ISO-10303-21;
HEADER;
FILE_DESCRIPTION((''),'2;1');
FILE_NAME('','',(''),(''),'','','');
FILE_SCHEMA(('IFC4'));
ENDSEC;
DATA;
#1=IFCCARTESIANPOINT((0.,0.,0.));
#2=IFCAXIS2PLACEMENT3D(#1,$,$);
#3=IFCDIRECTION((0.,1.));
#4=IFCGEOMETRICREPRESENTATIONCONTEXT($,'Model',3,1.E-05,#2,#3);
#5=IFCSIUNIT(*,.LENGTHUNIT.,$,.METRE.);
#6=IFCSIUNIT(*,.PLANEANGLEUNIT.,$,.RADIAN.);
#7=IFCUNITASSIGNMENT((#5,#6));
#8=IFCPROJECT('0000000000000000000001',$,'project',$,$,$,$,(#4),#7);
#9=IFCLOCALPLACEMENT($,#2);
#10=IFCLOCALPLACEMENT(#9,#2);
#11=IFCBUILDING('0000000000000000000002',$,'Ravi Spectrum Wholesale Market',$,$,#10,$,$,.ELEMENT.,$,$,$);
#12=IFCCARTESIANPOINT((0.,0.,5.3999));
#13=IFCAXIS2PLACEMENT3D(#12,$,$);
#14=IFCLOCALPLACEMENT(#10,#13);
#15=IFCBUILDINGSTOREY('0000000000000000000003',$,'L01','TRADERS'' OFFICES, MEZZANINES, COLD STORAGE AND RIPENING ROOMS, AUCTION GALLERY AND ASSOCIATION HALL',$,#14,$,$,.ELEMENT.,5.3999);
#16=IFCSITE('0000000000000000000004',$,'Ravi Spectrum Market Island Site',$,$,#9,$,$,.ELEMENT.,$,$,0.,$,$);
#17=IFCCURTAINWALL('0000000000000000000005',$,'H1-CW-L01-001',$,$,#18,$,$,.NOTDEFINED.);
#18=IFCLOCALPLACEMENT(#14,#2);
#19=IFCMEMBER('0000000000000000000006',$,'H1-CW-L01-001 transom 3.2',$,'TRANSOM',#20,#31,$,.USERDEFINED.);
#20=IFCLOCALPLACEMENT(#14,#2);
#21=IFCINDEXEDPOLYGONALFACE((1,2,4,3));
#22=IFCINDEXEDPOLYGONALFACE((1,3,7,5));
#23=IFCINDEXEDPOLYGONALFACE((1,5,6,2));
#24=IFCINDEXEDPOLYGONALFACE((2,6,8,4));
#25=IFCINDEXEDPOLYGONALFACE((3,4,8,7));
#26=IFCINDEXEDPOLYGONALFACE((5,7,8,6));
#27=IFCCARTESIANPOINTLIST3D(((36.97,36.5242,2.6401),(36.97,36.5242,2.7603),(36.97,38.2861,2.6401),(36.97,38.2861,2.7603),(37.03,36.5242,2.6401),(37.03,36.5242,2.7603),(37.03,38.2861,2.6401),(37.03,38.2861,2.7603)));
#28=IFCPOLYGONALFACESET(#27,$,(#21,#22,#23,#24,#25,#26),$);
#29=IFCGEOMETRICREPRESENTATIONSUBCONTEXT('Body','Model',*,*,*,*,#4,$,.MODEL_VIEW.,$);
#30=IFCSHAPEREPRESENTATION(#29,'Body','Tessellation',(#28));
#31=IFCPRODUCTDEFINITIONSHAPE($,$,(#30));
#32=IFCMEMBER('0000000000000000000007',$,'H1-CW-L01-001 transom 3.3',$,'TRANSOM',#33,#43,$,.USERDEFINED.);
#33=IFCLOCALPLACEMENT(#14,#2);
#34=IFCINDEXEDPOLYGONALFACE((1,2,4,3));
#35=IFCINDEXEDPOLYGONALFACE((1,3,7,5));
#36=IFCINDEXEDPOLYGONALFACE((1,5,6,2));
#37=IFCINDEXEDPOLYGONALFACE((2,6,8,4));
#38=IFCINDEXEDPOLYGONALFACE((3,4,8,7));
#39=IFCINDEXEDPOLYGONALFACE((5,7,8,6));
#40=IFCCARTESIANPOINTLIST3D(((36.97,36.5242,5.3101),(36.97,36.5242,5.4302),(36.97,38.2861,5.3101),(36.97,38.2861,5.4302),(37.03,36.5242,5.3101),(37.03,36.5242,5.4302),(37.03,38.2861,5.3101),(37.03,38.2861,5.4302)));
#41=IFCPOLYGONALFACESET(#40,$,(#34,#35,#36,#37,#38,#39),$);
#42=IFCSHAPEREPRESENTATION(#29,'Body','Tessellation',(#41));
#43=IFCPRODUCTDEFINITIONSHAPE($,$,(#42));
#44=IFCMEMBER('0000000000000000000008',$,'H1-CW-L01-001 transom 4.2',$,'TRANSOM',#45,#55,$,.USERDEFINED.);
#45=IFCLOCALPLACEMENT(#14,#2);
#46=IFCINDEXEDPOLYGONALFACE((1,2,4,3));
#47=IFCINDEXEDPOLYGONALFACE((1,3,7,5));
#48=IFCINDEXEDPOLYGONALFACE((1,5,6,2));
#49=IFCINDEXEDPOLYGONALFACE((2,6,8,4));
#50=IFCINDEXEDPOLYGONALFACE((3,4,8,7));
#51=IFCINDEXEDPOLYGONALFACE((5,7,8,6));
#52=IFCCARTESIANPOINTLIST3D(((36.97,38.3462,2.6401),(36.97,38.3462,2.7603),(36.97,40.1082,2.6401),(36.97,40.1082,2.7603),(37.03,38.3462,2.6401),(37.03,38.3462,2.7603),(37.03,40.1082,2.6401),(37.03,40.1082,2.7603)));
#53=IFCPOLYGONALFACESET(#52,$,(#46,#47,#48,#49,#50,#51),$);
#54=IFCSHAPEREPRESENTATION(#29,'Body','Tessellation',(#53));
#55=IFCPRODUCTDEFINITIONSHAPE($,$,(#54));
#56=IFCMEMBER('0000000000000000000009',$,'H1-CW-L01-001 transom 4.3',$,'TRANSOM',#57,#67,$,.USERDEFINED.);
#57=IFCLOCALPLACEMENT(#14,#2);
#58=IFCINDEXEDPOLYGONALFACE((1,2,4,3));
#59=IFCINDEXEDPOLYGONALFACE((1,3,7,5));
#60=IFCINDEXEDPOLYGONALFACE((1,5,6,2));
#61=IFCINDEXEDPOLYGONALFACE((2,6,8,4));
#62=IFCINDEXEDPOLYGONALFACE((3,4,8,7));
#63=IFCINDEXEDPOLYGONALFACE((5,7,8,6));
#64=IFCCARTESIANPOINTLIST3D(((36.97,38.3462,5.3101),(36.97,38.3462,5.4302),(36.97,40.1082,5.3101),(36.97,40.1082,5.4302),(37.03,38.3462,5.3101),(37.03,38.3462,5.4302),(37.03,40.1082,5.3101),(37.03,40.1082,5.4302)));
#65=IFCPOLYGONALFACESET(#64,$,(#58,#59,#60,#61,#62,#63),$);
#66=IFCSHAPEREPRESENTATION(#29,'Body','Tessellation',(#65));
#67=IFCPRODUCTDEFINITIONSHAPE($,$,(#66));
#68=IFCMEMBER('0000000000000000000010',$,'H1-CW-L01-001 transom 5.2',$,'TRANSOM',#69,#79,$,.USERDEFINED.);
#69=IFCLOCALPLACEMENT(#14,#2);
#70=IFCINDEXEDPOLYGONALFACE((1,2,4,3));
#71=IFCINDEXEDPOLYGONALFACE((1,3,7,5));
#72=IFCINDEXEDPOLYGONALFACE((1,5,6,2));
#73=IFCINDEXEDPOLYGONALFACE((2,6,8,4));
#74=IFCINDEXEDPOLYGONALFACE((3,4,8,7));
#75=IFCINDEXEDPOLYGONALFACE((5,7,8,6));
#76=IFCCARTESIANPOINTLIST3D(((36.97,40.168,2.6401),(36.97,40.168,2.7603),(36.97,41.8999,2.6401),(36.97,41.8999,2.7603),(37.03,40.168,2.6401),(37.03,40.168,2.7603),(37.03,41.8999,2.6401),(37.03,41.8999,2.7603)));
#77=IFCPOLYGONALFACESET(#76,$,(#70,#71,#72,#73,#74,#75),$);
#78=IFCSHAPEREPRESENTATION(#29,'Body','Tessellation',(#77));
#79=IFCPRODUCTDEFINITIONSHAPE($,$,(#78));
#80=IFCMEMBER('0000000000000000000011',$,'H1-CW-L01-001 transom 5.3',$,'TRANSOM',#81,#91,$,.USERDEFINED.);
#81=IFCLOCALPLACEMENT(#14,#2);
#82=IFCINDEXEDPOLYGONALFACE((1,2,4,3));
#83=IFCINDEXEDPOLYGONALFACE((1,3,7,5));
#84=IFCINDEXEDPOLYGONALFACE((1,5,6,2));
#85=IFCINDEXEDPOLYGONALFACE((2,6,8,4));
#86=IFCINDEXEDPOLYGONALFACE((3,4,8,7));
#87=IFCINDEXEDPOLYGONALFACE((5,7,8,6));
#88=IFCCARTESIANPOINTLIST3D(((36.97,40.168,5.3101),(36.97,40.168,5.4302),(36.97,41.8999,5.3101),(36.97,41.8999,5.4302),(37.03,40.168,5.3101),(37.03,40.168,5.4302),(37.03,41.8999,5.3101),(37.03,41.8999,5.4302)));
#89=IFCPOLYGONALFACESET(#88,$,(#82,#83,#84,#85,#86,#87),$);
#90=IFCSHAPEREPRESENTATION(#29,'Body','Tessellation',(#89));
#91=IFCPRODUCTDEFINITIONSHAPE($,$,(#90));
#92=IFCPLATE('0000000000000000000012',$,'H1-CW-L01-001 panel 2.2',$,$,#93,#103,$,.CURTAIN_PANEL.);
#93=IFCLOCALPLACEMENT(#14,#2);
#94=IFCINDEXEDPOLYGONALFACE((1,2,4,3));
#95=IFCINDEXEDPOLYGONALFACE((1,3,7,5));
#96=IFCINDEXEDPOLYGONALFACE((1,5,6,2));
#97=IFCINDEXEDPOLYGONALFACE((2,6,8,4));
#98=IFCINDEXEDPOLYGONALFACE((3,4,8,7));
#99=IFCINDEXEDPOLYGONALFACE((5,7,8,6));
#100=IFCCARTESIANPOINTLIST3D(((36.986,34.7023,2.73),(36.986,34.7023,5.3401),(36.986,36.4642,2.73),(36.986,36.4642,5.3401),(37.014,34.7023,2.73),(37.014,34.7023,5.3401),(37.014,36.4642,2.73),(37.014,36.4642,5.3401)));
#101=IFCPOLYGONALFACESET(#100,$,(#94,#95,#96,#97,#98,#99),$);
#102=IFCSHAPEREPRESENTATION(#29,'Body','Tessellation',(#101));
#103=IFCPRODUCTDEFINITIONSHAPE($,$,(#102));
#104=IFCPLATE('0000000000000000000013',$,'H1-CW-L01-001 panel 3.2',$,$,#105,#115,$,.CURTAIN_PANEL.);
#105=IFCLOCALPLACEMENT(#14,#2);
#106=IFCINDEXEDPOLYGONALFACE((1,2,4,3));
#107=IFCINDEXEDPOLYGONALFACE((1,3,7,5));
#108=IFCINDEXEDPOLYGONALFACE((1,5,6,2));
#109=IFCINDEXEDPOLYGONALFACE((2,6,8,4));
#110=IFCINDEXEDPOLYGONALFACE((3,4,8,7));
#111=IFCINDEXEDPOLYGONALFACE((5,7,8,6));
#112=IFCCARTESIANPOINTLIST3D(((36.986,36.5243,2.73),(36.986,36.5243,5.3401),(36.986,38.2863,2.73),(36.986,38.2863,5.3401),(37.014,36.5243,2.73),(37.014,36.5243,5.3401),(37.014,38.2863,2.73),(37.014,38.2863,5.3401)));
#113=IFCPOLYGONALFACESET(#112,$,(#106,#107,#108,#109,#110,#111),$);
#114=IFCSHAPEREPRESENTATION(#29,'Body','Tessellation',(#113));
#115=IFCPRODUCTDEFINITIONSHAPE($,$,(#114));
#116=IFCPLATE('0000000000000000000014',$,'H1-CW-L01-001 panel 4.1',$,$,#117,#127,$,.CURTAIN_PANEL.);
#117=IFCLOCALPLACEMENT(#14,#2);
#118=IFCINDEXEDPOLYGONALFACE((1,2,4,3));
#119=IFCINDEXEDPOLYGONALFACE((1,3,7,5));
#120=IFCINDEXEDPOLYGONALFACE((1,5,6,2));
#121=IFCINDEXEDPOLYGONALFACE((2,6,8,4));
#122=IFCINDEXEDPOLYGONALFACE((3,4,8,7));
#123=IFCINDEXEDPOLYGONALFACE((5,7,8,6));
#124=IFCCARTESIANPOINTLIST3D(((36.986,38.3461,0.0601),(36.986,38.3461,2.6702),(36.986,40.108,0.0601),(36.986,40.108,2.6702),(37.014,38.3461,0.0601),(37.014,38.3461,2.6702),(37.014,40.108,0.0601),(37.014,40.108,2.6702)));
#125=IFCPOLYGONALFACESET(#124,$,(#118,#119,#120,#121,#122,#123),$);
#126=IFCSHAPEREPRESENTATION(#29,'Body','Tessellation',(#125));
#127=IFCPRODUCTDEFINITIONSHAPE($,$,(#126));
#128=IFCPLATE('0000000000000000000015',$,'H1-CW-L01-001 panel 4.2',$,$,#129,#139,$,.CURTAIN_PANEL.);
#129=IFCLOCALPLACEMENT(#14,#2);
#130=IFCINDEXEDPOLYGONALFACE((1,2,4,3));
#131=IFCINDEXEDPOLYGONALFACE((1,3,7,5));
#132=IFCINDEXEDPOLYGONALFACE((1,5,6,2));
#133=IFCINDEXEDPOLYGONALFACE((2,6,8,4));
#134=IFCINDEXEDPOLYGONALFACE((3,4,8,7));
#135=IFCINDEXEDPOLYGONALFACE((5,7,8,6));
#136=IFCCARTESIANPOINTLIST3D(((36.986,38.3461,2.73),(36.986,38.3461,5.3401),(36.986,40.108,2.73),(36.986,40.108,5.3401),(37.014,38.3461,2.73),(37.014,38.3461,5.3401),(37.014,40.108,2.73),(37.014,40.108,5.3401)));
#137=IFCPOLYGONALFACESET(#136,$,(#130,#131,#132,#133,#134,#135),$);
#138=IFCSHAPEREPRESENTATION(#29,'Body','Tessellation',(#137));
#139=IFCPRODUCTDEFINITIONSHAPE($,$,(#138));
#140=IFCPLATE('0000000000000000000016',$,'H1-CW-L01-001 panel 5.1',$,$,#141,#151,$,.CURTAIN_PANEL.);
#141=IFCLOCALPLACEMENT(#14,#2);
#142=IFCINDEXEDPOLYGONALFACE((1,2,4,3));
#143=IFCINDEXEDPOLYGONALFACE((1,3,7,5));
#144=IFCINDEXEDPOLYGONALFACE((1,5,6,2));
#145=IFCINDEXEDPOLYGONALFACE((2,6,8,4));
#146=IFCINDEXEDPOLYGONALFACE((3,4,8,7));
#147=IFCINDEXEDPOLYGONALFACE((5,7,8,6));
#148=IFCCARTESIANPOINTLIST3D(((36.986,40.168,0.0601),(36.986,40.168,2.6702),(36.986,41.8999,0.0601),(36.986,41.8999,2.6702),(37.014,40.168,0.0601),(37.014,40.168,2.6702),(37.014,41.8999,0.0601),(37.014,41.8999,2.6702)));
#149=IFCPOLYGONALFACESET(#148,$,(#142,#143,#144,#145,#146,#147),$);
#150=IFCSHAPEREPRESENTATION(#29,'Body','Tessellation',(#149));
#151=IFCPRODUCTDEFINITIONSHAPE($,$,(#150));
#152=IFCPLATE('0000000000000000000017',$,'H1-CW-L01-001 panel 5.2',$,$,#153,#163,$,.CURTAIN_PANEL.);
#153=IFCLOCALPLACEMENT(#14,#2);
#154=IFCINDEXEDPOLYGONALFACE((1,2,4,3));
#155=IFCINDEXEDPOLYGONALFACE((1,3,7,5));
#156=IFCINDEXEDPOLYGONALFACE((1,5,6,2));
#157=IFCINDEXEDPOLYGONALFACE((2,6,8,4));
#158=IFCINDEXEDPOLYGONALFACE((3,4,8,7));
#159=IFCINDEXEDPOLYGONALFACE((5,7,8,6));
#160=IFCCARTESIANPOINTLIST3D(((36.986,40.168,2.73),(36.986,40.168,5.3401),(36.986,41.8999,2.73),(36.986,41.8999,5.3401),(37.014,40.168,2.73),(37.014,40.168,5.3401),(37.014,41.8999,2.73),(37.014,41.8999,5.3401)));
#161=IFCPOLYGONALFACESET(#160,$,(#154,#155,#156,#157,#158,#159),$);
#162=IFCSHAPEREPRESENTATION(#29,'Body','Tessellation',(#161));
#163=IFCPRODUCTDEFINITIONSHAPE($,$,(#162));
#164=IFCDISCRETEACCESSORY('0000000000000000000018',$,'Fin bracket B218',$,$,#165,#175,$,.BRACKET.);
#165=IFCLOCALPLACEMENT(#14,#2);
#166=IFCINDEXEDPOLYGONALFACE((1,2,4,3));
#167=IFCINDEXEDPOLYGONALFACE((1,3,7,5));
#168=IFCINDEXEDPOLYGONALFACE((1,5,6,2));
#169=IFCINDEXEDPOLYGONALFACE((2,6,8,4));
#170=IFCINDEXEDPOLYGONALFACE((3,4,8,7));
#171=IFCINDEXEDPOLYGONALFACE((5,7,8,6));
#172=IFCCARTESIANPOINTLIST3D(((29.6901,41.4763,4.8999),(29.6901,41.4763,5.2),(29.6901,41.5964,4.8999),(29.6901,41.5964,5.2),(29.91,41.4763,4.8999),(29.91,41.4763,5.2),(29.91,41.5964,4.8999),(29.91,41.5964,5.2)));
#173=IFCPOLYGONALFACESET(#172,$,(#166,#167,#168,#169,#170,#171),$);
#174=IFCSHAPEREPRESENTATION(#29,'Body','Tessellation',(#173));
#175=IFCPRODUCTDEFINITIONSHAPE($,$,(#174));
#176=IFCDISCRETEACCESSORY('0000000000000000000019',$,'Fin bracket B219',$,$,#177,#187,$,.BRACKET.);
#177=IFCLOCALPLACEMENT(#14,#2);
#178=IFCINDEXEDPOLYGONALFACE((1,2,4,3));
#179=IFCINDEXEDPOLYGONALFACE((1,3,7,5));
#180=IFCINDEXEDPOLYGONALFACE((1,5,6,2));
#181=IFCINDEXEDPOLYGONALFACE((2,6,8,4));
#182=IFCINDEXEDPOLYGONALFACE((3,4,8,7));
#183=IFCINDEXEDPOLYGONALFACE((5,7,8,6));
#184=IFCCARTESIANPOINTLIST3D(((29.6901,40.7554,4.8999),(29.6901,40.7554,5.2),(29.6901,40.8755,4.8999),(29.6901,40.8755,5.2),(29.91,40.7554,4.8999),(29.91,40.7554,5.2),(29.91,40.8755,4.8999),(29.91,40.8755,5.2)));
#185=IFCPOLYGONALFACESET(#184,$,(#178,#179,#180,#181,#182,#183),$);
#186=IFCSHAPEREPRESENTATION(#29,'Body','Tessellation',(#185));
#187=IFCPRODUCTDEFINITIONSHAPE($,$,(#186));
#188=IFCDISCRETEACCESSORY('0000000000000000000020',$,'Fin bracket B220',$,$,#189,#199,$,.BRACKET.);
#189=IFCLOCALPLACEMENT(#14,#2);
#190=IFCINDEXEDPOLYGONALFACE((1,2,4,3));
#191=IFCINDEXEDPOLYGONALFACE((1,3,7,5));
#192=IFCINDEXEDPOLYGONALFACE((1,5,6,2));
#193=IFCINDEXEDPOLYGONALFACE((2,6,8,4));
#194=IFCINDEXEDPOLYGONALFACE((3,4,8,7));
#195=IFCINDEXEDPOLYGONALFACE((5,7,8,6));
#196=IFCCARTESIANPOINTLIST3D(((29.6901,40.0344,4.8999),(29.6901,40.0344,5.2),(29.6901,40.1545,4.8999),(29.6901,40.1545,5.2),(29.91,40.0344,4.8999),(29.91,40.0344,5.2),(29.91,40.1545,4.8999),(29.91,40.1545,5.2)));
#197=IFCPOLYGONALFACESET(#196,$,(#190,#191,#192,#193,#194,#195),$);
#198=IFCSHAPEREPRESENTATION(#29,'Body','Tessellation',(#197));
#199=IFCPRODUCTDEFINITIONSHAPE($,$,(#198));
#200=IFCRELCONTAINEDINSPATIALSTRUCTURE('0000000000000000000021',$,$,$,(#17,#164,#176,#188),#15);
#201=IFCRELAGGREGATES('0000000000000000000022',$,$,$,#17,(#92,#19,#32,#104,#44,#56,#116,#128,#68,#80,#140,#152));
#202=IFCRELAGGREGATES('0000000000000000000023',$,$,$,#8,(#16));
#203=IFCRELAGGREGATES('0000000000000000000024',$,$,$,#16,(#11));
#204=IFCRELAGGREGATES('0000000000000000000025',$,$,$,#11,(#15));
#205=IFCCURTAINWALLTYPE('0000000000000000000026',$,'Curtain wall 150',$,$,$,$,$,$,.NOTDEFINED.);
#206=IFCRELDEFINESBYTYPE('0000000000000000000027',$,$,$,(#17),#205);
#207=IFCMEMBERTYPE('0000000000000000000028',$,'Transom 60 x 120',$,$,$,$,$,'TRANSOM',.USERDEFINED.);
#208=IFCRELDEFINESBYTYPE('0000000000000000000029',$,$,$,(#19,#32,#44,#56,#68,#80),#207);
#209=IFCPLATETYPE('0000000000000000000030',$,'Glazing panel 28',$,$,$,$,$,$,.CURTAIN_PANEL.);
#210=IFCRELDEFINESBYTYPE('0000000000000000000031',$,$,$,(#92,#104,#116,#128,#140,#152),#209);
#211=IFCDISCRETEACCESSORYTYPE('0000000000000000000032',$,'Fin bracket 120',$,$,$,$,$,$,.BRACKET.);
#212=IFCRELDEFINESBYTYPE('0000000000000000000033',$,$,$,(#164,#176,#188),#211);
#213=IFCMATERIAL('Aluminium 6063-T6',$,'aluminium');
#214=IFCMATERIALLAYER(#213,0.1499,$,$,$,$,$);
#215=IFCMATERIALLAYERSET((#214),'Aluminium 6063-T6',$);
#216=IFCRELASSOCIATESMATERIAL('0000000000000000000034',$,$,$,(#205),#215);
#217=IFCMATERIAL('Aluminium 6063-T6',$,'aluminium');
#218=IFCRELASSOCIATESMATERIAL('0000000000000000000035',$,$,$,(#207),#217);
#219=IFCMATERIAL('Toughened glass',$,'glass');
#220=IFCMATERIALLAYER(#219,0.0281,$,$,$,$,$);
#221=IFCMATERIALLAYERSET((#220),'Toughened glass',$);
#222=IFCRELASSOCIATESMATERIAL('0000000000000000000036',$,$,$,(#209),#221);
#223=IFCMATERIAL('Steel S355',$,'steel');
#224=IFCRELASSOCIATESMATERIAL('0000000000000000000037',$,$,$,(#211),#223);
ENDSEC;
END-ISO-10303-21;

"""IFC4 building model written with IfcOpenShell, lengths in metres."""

from ifc_helpers import new_model, si_unit, direction, frame, origin, origin_2d, place, context, subcontext, project, spatial, rectangle, extrude, material, layer, layer_set, material_profile, profile_set, type_object, element, aggregate, save


model = new_model("IFC4")

# Units and contexts
model_context = context("Model", 3, precision=1e-05, world=origin(), true_north=direction((0.0, 1.0)))
body_context = subcontext(model_context, "Body", "Model", "MODEL_VIEW")
ifc_project = project(units=[si_unit("LENGTHUNIT", "METRE"), si_unit("PLANEANGLEUNIT", "RADIAN")], contexts=[model_context])

# Site, building, storey
site_placement = place(None, origin())
site = spatial("IfcSite", under=ifc_project, at=site_placement, Name="Ravi Spectrum Market Island Site", CompositionType="ELEMENT", RefElevation=0.0)
building_placement = place(site_placement, origin())
building = spatial("IfcBuilding", under=site, at=building_placement, Name="Ravi Spectrum Wholesale Market", CompositionType="ELEMENT")
storey_placement = place(building_placement, frame((0.0, 0.0, 5.3999)))
storey = spatial("IfcBuildingStorey", under=building, at=storey_placement, Name="L01", Description="TRADERS' OFFICES, MEZZANINES, COLD STORAGE AND RIPENING ROOMS, AUCTION GALLERY AND ASSOCIATION HALL", CompositionType="ELEMENT", Elevation=5.3999)

# Curtain wall, members, plates
ifc_material_1 = material(Name="Aluminium 6063-T6", Category="aluminium")
ifc_layer_1 = layer(ifc_material_1, 0.1499)
ifc_layer_set_1 = layer_set([ifc_layer_1], Name="Aluminium 6063-T6")
curtain_wall_type = type_object("IfcCurtainWallType", Name="Curtain wall 150", PredefinedType="NOTDEFINED", material=ifc_layer_set_1)
curtain_wall_placement = place(storey_placement, origin())
curtain_wall = element("IfcCurtainWall", 1, at=curtain_wall_placement, inside=storey, type_object=curtain_wall_type, Name="H1-CW-L01-001", PredefinedType="NOTDEFINED")
ifc_material_2 = material(Name="Aluminium 6063-T6", Category="aluminium")
ifc_material_profile_1 = material_profile(ifc_material_2, rectangle(XDim=0.0601, YDim=0.1201, at=origin_2d()))
ifc_profile_set_1 = profile_set([ifc_material_profile_1], Name="Aluminium 6063-T6")
member_type = type_object("IfcMemberType", Name="Transom 60 x 120", ElementType="TRANSOM", PredefinedType="USERDEFINED", material=ifc_profile_set_1)
member_1_placement = place(storey_placement, frame((37.0, 36.5242, 2.7002), z_axis=(0.0, 1.0, 0.0), x_axis=(-1.0, 0.0, 0.0)))
member_1 = element("IfcMember", 2, at=member_1_placement, type_object=member_type, Name="H1-CW-L01-001 transom 3.2", ObjectType="TRANSOM", PredefinedType="USERDEFINED", context=body_context, shape_type="SweptSolid", body=[
    extrude(rectangle(XDim=0.0601, YDim=0.1201, at=origin_2d()), origin(), (0.0, 0.0, 1.0), 1.762),
])
member_2_placement = place(storey_placement, frame((37.0, 36.5242, 5.3701), z_axis=(0.0, 1.0, 0.0), x_axis=(-1.0, 0.0, 0.0)))
member_2 = element("IfcMember", 3, at=member_2_placement, type_object=member_type, Name="H1-CW-L01-001 transom 3.3", ObjectType="TRANSOM", PredefinedType="USERDEFINED", context=body_context, shape_type="SweptSolid", body=[
    extrude(rectangle(XDim=0.0601, YDim=0.1201, at=origin_2d()), origin(), (0.0, 0.0, 1.0), 1.762),
])
member_3_placement = place(storey_placement, frame((37.0, 38.3462, 2.7002), z_axis=(0.0, 1.0, 0.0), x_axis=(-1.0, 0.0, 0.0)))
member_3 = element("IfcMember", 4, at=member_3_placement, type_object=member_type, Name="H1-CW-L01-001 transom 4.2", ObjectType="TRANSOM", PredefinedType="USERDEFINED", context=body_context, shape_type="SweptSolid", body=[
    extrude(rectangle(XDim=0.0601, YDim=0.1201, at=origin_2d()), origin(), (0.0, 0.0, 1.0), 1.762),
])
member_4_placement = place(storey_placement, frame((37.0, 38.3462, 5.3701), z_axis=(0.0, 1.0, 0.0), x_axis=(-1.0, 0.0, 0.0)))
member_4 = element("IfcMember", 5, at=member_4_placement, type_object=member_type, Name="H1-CW-L01-001 transom 4.3", ObjectType="TRANSOM", PredefinedType="USERDEFINED", context=body_context, shape_type="SweptSolid", body=[
    extrude(rectangle(XDim=0.0601, YDim=0.1201, at=origin_2d()), origin(), (0.0, 0.0, 1.0), 1.762),
])
member_5_placement = place(storey_placement, frame((37.0, 40.168, 2.7002), z_axis=(0.0, 1.0, 0.0), x_axis=(-1.0, 0.0, 0.0)))
member_5 = element("IfcMember", 6, at=member_5_placement, type_object=member_type, Name="H1-CW-L01-001 transom 5.2", ObjectType="TRANSOM", PredefinedType="USERDEFINED", context=body_context, shape_type="SweptSolid", body=[
    extrude(rectangle(XDim=0.0601, YDim=0.1201, at=origin_2d()), origin(), (0.0, 0.0, 1.0), 1.7319),
])
member_6_placement = place(storey_placement, frame((37.0, 40.168, 5.3701), z_axis=(0.0, 1.0, 0.0), x_axis=(-1.0, 0.0, 0.0)))
member_6 = element("IfcMember", 7, at=member_6_placement, type_object=member_type, Name="H1-CW-L01-001 transom 5.3", ObjectType="TRANSOM", PredefinedType="USERDEFINED", context=body_context, shape_type="SweptSolid", body=[
    extrude(rectangle(XDim=0.0601, YDim=0.1201, at=origin_2d()), origin(), (0.0, 0.0, 1.0), 1.7319),
])
ifc_material_3 = material(Name="Toughened glass", Category="glass")
ifc_layer_2 = layer(ifc_material_3, 0.0281)
ifc_layer_set_2 = layer_set([ifc_layer_2], Name="Toughened glass")
plate_type = type_object("IfcPlateType", Name="Glazing panel 28", PredefinedType="CURTAIN_PANEL", material=ifc_layer_set_2)
plate_1_placement = place(storey_placement, frame((37.0, 35.5833, 2.73), z_axis=(0.0, 0.0, 1.0), x_axis=(0.0, 1.0, 0.0)))
plate_1 = element("IfcPlate", 8, at=plate_1_placement, type_object=plate_type, Name="H1-CW-L01-001 panel 2.2", PredefinedType="CURTAIN_PANEL", context=body_context, shape_type="SweptSolid", body=[
    extrude(rectangle(XDim=1.762, YDim=0.0281, at=origin_2d()), origin(), (0.0, 0.0, 1.0), 2.6101),
])
plate_2_placement = place(storey_placement, frame((37.0, 37.4053, 2.73), z_axis=(0.0, 0.0, 1.0), x_axis=(0.0, 1.0, 0.0)))
plate_2 = element("IfcPlate", 9, at=plate_2_placement, type_object=plate_type, Name="H1-CW-L01-001 panel 3.2", PredefinedType="CURTAIN_PANEL", context=body_context, shape_type="SweptSolid", body=[
    extrude(rectangle(XDim=1.762, YDim=0.0281, at=origin_2d()), origin(), (0.0, 0.0, 1.0), 2.6101),
])
plate_3_placement = place(storey_placement, frame((37.0, 39.2271, 0.0601), z_axis=(0.0, 0.0, 1.0), x_axis=(0.0, 1.0, 0.0)))
plate_3 = element("IfcPlate", 10, at=plate_3_placement, type_object=plate_type, Name="H1-CW-L01-001 panel 4.1", PredefinedType="CURTAIN_PANEL", context=body_context, shape_type="SweptSolid", body=[
    extrude(rectangle(XDim=1.762, YDim=0.0281, at=origin_2d()), origin(), (0.0, 0.0, 1.0), 2.6101),
])
plate_4_placement = place(storey_placement, frame((37.0, 39.2271, 2.73), z_axis=(0.0, 0.0, 1.0), x_axis=(0.0, 1.0, 0.0)))
plate_4 = element("IfcPlate", 11, at=plate_4_placement, type_object=plate_type, Name="H1-CW-L01-001 panel 4.2", PredefinedType="CURTAIN_PANEL", context=body_context, shape_type="SweptSolid", body=[
    extrude(rectangle(XDim=1.762, YDim=0.0281, at=origin_2d()), origin(), (0.0, 0.0, 1.0), 2.6101),
])
plate_5_placement = place(storey_placement, frame((37.0, 41.0339, 0.0601), z_axis=(0.0, 0.0, 1.0), x_axis=(0.0, 1.0, 0.0)))
plate_5 = element("IfcPlate", 12, at=plate_5_placement, type_object=plate_type, Name="H1-CW-L01-001 panel 5.1", PredefinedType="CURTAIN_PANEL", context=body_context, shape_type="SweptSolid", body=[
    extrude(rectangle(XDim=1.7319, YDim=0.0281, at=origin_2d()), origin(), (0.0, 0.0, 1.0), 2.6101),
])
plate_6_placement = place(storey_placement, frame((37.0, 41.0339, 2.73), z_axis=(0.0, 0.0, 1.0), x_axis=(0.0, 1.0, 0.0)))
plate_6 = element("IfcPlate", 13, at=plate_6_placement, type_object=plate_type, Name="H1-CW-L01-001 panel 5.2", PredefinedType="CURTAIN_PANEL", context=body_context, shape_type="SweptSolid", body=[
    extrude(rectangle(XDim=1.7319, YDim=0.0281, at=origin_2d()), origin(), (0.0, 0.0, 1.0), 2.6101),
])
aggregate(curtain_wall, [plate_1, member_1, member_2, plate_2, member_3, member_4, plate_3, plate_4, member_5, member_6, plate_5, plate_6])

# Discrete accessories
ifc_material_4 = material(Name="Steel S355", Category="steel")
discrete_accessory_type_1 = type_object("IfcDiscreteAccessoryType", Name="Fin bracket 120", PredefinedType="BRACKET", material=ifc_material_4)
for number, where, z_axis, x_axis, name in (
    (14, (29.8, 41.5364, 4.8999), (0.0, 0.0, 1.0), (0.0, -1.0, 0.0), "Fin bracket B218"),
    (15, (29.8, 40.8154, 4.8999), (0.0, 0.0, 1.0), (0.0, -1.0, 0.0), "Fin bracket B219"),
    (16, (29.8, 40.0945, 4.8999), (0.0, 0.0, 1.0), (0.0, -1.0, 0.0), "Fin bracket B220"),
):
    element("IfcDiscreteAccessory", number, at=place(storey_placement, frame(where, z_axis=z_axis, x_axis=x_axis)), inside=storey, type_object=discrete_accessory_type_1, Name=name, PredefinedType="BRACKET", context=body_context, shape_type="SweptSolid", body=[
        extrude(rectangle(XDim=0.1201, YDim=0.22, at=origin_2d()), origin(), (0.0, 0.0, 1.0), 0.3),
    ])

save(model, "model.ifc")
